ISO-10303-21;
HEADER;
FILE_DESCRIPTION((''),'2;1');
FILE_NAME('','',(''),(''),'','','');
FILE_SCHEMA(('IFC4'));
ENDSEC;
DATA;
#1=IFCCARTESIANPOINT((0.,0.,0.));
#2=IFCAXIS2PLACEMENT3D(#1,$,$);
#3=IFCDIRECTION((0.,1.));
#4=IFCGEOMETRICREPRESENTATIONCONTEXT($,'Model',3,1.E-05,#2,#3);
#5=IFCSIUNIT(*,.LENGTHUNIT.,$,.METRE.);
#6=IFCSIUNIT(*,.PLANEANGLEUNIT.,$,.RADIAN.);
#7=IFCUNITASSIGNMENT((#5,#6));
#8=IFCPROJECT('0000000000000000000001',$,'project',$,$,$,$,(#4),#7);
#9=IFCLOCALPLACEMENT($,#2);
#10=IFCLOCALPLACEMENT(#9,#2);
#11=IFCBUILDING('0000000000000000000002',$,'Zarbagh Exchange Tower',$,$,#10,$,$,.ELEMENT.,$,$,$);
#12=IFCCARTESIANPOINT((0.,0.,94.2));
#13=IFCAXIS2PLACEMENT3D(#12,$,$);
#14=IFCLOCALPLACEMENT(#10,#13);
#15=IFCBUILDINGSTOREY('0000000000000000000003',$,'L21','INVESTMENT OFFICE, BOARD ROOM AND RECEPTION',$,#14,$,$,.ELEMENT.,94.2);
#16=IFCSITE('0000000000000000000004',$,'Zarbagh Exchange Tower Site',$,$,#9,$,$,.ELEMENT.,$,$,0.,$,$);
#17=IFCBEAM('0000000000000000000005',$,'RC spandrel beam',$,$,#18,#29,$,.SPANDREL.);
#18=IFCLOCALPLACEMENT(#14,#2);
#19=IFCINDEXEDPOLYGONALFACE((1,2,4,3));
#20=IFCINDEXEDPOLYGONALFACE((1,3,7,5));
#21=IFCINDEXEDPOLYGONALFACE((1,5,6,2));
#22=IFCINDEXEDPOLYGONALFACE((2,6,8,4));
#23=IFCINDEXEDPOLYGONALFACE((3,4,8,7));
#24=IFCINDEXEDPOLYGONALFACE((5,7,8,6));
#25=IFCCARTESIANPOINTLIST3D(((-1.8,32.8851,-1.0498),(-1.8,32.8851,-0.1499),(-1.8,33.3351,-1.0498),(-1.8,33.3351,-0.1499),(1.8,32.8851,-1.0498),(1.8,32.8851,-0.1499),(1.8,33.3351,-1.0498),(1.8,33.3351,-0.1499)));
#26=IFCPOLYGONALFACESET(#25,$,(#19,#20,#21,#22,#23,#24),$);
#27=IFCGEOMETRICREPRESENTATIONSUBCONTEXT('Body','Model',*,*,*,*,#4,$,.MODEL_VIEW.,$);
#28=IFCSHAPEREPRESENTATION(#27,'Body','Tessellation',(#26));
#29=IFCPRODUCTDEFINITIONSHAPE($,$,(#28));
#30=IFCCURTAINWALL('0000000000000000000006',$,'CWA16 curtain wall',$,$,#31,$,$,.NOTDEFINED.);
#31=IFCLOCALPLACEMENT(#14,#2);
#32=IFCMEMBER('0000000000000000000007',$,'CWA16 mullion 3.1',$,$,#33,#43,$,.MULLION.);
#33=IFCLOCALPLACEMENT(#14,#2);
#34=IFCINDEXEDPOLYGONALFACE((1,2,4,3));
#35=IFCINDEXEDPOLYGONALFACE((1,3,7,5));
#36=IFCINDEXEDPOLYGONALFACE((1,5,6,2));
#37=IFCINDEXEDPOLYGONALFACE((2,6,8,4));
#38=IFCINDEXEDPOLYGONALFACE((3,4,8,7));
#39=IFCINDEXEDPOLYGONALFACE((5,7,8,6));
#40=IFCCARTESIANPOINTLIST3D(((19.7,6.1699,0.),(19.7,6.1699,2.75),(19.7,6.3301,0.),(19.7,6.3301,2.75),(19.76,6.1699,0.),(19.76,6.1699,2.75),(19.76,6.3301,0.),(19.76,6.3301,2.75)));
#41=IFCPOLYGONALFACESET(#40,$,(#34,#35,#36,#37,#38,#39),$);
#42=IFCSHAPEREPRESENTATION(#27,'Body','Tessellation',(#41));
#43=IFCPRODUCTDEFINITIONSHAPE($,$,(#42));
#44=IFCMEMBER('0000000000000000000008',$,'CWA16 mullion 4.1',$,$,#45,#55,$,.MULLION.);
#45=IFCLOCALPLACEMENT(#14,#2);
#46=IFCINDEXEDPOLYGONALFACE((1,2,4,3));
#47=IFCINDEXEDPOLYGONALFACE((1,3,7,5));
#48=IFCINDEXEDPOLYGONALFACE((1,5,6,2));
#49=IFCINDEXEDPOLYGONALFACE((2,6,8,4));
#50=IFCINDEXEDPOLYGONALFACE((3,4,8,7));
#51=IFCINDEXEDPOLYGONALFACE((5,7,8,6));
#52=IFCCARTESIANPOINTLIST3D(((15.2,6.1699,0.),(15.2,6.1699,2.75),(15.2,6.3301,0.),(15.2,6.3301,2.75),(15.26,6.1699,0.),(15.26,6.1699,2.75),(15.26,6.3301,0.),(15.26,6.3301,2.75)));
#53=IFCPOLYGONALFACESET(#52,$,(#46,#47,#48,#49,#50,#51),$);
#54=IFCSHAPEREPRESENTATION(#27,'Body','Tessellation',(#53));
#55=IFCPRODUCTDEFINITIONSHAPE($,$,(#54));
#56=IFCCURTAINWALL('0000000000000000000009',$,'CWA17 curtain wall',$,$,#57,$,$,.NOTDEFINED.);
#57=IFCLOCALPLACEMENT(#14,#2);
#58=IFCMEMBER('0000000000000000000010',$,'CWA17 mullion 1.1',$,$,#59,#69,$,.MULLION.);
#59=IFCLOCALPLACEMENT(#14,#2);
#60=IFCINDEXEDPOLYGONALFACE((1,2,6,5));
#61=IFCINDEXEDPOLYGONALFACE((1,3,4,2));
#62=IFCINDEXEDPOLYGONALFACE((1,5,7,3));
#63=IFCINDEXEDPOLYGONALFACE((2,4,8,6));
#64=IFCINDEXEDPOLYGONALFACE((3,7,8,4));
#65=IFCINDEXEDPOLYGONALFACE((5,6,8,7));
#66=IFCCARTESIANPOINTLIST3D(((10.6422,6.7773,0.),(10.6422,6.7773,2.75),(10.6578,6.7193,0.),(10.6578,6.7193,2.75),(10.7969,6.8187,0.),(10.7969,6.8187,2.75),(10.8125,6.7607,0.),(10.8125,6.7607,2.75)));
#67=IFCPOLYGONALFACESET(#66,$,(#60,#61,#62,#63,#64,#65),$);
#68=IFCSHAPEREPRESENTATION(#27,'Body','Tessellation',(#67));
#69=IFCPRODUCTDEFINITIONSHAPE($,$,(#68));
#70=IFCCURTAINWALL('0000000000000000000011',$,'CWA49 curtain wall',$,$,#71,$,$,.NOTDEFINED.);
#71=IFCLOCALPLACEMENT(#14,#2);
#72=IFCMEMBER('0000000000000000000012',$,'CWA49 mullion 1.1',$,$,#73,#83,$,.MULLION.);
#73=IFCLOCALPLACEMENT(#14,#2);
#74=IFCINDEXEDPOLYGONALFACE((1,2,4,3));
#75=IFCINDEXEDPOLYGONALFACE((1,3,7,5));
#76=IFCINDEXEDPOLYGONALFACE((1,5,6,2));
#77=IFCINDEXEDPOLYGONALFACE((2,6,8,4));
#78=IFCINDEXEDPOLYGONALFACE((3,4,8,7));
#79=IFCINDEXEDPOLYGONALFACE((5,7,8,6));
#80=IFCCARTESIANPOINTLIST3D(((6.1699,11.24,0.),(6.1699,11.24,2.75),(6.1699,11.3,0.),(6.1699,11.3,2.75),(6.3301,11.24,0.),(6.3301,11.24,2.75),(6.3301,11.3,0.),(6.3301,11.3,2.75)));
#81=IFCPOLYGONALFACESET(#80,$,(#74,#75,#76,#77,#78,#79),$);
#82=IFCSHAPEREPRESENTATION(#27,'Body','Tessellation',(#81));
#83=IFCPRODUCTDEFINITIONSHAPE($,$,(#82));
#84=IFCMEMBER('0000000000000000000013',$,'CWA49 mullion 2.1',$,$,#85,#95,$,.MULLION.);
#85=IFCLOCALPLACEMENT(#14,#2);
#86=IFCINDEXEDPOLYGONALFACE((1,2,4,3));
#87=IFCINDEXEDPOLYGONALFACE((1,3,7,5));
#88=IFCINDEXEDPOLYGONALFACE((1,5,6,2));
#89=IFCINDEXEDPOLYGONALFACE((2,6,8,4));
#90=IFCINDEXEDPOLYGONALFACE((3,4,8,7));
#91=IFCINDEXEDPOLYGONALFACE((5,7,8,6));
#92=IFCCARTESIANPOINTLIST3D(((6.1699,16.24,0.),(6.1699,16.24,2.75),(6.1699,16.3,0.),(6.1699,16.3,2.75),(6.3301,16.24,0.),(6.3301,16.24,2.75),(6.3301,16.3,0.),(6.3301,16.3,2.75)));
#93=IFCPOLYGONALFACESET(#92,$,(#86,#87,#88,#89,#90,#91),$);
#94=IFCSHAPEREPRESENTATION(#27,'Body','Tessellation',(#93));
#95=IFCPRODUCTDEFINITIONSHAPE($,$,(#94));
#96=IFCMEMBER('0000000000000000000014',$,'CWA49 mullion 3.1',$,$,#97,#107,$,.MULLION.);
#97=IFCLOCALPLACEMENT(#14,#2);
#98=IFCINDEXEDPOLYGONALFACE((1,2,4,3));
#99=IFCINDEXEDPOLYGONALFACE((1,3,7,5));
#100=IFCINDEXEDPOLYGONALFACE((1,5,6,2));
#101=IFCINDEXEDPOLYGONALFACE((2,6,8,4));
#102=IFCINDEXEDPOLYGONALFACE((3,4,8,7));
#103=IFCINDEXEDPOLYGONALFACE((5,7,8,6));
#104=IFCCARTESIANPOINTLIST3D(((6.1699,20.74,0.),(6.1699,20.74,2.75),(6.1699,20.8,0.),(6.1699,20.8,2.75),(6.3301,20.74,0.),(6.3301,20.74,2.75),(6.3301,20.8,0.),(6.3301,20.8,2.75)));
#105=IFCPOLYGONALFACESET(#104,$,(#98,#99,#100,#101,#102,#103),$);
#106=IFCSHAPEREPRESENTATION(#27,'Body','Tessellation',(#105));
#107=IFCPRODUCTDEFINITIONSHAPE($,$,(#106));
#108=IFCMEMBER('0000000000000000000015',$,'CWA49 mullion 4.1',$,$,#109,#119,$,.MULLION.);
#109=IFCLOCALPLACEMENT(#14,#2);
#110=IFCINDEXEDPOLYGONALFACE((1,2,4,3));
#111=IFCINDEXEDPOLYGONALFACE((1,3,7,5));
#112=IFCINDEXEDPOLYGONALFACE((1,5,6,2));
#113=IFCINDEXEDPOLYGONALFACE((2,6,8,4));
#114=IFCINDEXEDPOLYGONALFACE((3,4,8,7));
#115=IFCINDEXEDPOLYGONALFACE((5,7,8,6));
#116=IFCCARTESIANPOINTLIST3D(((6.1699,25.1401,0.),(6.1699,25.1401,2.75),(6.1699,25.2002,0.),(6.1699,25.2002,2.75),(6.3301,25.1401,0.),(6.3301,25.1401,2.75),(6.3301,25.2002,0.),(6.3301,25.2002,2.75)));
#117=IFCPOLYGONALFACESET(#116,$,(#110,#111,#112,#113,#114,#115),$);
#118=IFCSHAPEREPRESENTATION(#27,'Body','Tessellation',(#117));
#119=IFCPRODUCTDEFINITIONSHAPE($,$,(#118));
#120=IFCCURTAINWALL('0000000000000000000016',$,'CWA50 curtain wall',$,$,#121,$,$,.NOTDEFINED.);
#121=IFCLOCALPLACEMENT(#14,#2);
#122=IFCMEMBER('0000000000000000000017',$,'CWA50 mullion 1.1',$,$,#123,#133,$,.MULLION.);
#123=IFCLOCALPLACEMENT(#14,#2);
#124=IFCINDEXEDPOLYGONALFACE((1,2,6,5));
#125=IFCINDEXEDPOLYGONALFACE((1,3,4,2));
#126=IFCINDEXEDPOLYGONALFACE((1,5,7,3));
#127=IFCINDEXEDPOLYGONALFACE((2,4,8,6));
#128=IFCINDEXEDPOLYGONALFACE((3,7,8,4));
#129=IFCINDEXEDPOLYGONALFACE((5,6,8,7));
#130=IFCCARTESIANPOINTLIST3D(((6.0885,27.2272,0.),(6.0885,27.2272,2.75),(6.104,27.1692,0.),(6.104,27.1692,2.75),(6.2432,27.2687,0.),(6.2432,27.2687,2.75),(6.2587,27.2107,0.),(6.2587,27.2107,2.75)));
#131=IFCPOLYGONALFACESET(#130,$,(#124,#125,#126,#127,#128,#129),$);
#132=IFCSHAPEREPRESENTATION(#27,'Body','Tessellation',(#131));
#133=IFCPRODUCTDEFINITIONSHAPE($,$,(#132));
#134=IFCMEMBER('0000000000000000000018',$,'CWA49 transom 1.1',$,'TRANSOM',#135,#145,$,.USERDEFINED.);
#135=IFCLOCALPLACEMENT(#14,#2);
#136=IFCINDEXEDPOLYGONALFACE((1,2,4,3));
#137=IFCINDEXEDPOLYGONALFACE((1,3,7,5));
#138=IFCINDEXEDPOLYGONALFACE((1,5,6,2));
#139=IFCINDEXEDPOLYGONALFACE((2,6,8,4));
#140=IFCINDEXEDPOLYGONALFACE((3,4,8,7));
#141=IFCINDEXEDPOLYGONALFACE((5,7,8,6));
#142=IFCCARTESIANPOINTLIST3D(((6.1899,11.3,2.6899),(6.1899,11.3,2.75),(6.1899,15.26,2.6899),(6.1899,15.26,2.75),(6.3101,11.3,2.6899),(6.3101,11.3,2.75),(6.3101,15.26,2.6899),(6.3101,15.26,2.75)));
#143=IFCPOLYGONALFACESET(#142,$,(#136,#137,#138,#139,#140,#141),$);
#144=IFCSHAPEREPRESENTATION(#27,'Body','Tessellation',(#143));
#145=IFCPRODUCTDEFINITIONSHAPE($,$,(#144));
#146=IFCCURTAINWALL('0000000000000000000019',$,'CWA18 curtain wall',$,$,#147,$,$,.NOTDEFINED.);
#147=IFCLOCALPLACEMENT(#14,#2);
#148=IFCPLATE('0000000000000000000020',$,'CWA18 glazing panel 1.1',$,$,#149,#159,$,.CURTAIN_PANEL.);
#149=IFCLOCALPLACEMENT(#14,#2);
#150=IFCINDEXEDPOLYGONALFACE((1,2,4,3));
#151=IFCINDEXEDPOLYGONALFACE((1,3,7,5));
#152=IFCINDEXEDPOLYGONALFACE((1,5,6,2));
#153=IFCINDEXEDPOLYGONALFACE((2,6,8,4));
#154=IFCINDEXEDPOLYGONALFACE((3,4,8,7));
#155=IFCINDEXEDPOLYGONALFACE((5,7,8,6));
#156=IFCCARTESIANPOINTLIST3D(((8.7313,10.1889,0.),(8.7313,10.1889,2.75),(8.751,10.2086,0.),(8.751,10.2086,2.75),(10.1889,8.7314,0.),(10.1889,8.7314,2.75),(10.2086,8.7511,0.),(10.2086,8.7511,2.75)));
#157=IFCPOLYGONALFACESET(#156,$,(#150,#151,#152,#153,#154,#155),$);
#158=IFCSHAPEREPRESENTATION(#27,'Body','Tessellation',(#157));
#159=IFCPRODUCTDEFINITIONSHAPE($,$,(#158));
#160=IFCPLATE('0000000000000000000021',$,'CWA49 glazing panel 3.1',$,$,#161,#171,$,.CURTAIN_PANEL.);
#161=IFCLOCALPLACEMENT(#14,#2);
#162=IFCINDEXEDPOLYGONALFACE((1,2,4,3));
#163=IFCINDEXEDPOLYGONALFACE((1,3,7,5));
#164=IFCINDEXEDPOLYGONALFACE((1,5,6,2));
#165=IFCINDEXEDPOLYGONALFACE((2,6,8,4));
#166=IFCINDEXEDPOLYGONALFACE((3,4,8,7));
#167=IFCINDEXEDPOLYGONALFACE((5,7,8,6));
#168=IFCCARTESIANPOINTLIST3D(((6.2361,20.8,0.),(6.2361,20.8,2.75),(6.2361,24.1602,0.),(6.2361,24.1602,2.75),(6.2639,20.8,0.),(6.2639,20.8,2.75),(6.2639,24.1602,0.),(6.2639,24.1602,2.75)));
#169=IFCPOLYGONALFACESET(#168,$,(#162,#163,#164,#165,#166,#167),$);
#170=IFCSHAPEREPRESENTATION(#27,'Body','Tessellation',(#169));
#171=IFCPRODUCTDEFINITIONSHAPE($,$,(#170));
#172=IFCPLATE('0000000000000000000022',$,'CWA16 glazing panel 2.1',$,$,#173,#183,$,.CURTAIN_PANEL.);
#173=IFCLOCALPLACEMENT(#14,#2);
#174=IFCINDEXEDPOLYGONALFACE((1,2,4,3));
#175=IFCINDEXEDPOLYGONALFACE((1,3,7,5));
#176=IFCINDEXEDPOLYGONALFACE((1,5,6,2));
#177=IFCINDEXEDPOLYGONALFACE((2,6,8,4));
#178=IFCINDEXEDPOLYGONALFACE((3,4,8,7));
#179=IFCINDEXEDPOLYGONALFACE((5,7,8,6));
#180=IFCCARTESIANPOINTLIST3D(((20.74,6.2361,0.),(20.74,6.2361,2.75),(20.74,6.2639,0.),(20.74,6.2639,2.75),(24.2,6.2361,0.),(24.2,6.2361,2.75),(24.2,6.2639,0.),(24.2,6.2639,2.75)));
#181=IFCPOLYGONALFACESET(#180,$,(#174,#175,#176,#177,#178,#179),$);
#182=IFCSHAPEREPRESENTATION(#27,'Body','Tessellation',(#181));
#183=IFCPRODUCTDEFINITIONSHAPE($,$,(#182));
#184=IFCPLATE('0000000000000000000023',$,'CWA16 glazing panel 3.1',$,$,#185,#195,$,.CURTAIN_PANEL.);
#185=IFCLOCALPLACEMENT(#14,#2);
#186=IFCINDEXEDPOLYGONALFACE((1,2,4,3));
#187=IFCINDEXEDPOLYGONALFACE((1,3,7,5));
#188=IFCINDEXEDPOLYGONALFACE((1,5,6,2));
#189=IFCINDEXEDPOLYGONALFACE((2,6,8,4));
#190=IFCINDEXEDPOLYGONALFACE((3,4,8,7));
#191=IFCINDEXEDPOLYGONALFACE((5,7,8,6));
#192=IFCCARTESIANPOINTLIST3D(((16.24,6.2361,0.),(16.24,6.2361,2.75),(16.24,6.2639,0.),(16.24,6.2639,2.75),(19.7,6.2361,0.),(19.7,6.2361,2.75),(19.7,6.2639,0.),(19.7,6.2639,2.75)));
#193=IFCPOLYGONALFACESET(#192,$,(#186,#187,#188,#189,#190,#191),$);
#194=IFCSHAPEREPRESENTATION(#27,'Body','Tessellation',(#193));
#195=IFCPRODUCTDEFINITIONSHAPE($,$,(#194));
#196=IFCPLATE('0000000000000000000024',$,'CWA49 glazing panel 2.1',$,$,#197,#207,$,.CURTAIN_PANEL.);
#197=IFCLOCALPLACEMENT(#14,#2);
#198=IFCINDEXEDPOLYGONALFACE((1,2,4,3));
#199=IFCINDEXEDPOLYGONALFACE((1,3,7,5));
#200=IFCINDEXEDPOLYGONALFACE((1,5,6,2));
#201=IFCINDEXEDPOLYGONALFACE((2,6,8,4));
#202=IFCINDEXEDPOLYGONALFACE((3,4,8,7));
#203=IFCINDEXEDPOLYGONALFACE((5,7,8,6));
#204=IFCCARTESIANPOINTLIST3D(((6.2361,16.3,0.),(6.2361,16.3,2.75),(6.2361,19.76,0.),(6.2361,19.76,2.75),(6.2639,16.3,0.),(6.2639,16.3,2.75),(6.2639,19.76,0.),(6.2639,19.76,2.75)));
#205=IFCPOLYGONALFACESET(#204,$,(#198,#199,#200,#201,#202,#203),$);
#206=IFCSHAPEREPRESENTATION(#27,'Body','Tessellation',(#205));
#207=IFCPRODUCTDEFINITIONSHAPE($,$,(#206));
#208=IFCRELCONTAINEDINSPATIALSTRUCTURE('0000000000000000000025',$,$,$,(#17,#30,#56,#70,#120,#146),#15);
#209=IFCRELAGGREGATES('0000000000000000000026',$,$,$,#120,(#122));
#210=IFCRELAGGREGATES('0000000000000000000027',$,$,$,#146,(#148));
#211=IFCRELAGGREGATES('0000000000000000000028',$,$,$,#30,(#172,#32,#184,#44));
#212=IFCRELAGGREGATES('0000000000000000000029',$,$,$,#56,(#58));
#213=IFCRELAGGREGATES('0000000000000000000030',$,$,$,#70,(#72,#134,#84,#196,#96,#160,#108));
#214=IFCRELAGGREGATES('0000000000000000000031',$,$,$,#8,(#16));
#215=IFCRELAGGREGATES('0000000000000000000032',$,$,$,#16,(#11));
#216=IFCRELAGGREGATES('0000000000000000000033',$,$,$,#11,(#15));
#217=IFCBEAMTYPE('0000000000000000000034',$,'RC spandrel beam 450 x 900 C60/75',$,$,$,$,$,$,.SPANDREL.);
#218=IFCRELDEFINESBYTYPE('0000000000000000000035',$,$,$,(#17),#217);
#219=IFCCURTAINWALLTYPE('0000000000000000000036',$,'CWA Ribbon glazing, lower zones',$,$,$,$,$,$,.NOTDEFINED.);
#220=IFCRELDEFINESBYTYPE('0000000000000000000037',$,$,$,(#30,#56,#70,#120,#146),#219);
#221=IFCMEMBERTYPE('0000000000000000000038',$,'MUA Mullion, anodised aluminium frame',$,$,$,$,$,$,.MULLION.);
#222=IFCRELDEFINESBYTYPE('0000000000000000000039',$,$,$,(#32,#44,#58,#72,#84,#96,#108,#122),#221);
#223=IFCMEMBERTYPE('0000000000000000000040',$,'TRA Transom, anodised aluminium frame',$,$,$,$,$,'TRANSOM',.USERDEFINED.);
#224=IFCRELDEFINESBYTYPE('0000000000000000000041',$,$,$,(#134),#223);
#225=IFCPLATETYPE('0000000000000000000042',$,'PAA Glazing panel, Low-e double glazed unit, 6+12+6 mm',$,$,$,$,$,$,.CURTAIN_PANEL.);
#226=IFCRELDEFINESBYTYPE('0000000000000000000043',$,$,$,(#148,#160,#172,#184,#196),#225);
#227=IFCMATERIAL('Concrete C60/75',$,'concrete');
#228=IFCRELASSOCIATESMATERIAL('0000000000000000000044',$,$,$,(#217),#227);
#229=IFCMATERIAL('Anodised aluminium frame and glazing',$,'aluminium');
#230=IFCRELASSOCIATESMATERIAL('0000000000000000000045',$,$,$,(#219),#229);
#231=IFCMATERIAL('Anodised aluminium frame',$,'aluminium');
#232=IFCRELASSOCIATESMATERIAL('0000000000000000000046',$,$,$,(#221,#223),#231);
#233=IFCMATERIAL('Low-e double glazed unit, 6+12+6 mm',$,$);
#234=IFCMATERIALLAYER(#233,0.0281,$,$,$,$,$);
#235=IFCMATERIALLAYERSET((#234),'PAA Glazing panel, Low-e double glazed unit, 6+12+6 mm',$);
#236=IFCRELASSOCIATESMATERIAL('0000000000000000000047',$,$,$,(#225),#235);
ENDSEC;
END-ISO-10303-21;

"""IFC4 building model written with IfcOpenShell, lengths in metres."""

from ifc_helpers import new_model, si_unit, direction, frame, origin, origin_2d, place, context, subcontext, project, spatial, polyline, rectangle, outline, extrude, source, transform, mapped, material, layer, layer_set, material_profile, profile_set, type_object, element, aggregate, save


model = new_model("IFC4")

# Units and contexts
model_context = context("Model", 3, precision=1e-05, world=origin(), true_north=direction((0.0, 1.0)))
body_context = subcontext(model_context, "Body", "Model", "MODEL_VIEW")
ifc_project = project(units=[si_unit("LENGTHUNIT", "METRE"), si_unit("PLANEANGLEUNIT", "RADIAN")], contexts=[model_context])

# Site, building, storey
site_placement = place(None, origin())
site = spatial("IfcSite", under=ifc_project, at=site_placement, Name="Zarbagh Exchange Tower Site", CompositionType="ELEMENT", RefElevation=0.0)
building_placement = place(site_placement, origin())
building = spatial("IfcBuilding", under=site, at=building_placement, Name="Zarbagh Exchange Tower", CompositionType="ELEMENT")
storey_placement = place(building_placement, frame((0.0, 0.0, 94.2)))
storey = spatial("IfcBuildingStorey", under=building, at=storey_placement, Name="L21", Description="INVESTMENT OFFICE, BOARD ROOM AND RECEPTION", CompositionType="ELEMENT", Elevation=94.2)

# Beam
ifc_material_1 = material(Name="Concrete C60/75", Category="concrete")
ifc_material_profile = material_profile(ifc_material_1, rectangle(XDim=0.45, YDim=0.8999, at=origin_2d()), Name="RC spandrel beam 450 x 900 C60/75")
ifc_profile_set = profile_set([ifc_material_profile], Name="Concrete C60/75")
beam_type = type_object("IfcBeamType", Name="RC spandrel beam 450 x 900 C60/75", PredefinedType="SPANDREL", material=ifc_profile_set)
beam_placement = place(storey_placement, frame((-1.8, 33.1101, -0.5999), z_axis=(1.0, 0.0, 0.0), x_axis=(0.0, 1.0, 0.0)))
element("IfcBeam", 1, at=beam_placement, inside=storey, type_object=beam_type, Name="RC spandrel beam", PredefinedType="SPANDREL", context=body_context, shape_type="SweptSolid", body=[
    extrude(rectangle(XDim=0.45, YDim=0.8999, at=origin_2d()), origin(), (0.0, 0.0, 1.0), 3.6001),
])

# Curtain wall, members
ifc_material_2 = material(Name="Anodised aluminium frame and glazing", Category="aluminium")
curtain_wall_type = type_object("IfcCurtainWallType", Name="CWA Ribbon glazing, lower zones", PredefinedType="NOTDEFINED", material=ifc_material_2)
curtain_wall_1_placement = place(storey_placement, origin())
curtain_wall_1 = element("IfcCurtainWall", 2, at=curtain_wall_1_placement, inside=storey, type_object=curtain_wall_type, Name="CWA16 curtain wall", PredefinedType="NOTDEFINED")
ifc_material_3 = material(Name="Anodised aluminium frame", Category="aluminium")
member_type_1 = type_object("IfcMemberType", Name="MUA Mullion, anodised aluminium frame", PredefinedType="MULLION", material=ifc_material_3)
shared_shape_1 = source(origin(), body_context, "Body", "SweptSolid", [
    extrude(outline(polyline([(0.0, -0.0801), (0.0601, -0.0801), (0.0601, 0.0801), (0.0, 0.0801), (0.0, -0.0801)])), origin(), (0.0, 0.0, 1.0), 2.75),
])
placement = place(storey_placement, origin())
member_1 = element("IfcMember", 3, at=placement, type_object=member_type_1, Name="CWA16 mullion 3.1", PredefinedType="MULLION", context=body_context, shape_type="MappedRepresentation", body=[
    mapped(shared_shape_1, transform((19.76, 6.25, 0.0), x_axis=(-1.0, 0.0, 0.0), y_axis=(0.0, -1.0, 0.0), z_axis=(0.0, 0.0, 1.0))),
])
member_2 = element("IfcMember", 4, at=placement, type_object=member_type_1, Name="CWA16 mullion 4.1", PredefinedType="MULLION", context=body_context, shape_type="MappedRepresentation", body=[
    mapped(shared_shape_1, transform((15.26, 6.25, 0.0), x_axis=(-1.0, 0.0, 0.0), y_axis=(0.0, -1.0, 0.0), z_axis=(0.0, 0.0, 1.0))),
])

# Curtain wall, member
curtain_wall_2_placement = place(storey_placement, origin())
curtain_wall_2 = element("IfcCurtainWall", 5, at=curtain_wall_2_placement, inside=storey, type_object=curtain_wall_type, Name="CWA17 curtain wall", PredefinedType="NOTDEFINED")
member_3 = element("IfcMember", 6, at=placement, type_object=member_type_1, Name="CWA17 mullion 1.1", PredefinedType="MULLION", context=body_context, shape_type="MappedRepresentation", body=[
    mapped(shared_shape_1, transform((10.7351, 6.74, 0.0), x_axis=(-0.258825, 0.965924, 0.0), y_axis=(-0.965924, -0.258825, 0.0), z_axis=(0.0, 0.0, 1.0))),
])

# Curtain wall, members
curtain_wall_3_placement = place(storey_placement, origin())
curtain_wall_3 = element("IfcCurtainWall", 7, at=curtain_wall_3_placement, inside=storey, type_object=curtain_wall_type, Name="CWA49 curtain wall", PredefinedType="NOTDEFINED")
member_4 = element("IfcMember", 8, at=placement, type_object=member_type_1, Name="CWA49 mullion 1.1", PredefinedType="MULLION", context=body_context, shape_type="MappedRepresentation", body=[
    mapped(shared_shape_1, transform((6.25, 11.24, 0.0), x_axis=(0.0, 1.0, 0.0), y_axis=(-1.0, 0.0, 0.0), z_axis=(0.0, 0.0, 1.0))),
])
member_5 = element("IfcMember", 9, at=placement, type_object=member_type_1, Name="CWA49 mullion 2.1", PredefinedType="MULLION", context=body_context, shape_type="MappedRepresentation", body=[
    mapped(shared_shape_1, transform((6.25, 16.24, 0.0), x_axis=(0.0, 1.0, 0.0), y_axis=(-1.0, 0.0, 0.0), z_axis=(0.0, 0.0, 1.0))),
])
member_6 = element("IfcMember", 10, at=placement, type_object=member_type_1, Name="CWA49 mullion 3.1", PredefinedType="MULLION", context=body_context, shape_type="MappedRepresentation", body=[
    mapped(shared_shape_1, transform((6.25, 20.74, 0.0), x_axis=(0.0, 1.0, 0.0), y_axis=(-1.0, 0.0, 0.0), z_axis=(0.0, 0.0, 1.0))),
])
member_7 = element("IfcMember", 11, at=placement, type_object=member_type_1, Name="CWA49 mullion 4.1", PredefinedType="MULLION", context=body_context, shape_type="MappedRepresentation", body=[
    mapped(shared_shape_1, transform((6.25, 25.1401, 0.0), x_axis=(0.0, 1.0, 0.0), y_axis=(-1.0, 0.0, 0.0), z_axis=(0.0, 0.0, 1.0))),
])

# Curtain wall, member
curtain_wall_4_placement = place(storey_placement, origin())
curtain_wall_4 = element("IfcCurtainWall", 12, at=curtain_wall_4_placement, inside=storey, type_object=curtain_wall_type, Name="CWA50 curtain wall", PredefinedType="NOTDEFINED")
member_8 = element("IfcMember", 13, at=placement, type_object=member_type_1, Name="CWA50 mullion 1.1", PredefinedType="MULLION", context=body_context, shape_type="MappedRepresentation", body=[
    mapped(shared_shape_1, transform((6.1814, 27.1899, 0.0), x_axis=(-0.258825, 0.965924, 0.0), y_axis=(-0.965924, -0.258825, 0.0), z_axis=(0.0, 0.0, 1.0))),
])
aggregate(curtain_wall_4, [member_8])

# Member
member_type_2 = type_object("IfcMemberType", Name="TRA Transom, anodised aluminium frame", ElementType="TRANSOM", PredefinedType="USERDEFINED", material=ifc_material_3)
shared_shape_2 = source(origin(), body_context, "Body", "SweptSolid", [
    extrude(outline(polyline([(-0.0601, -0.0601), (0.0, -0.0601), (0.0, 0.0601), (-0.0601, 0.0601), (-0.0601, -0.0601)])), origin(), (0.0, 0.0, 1.0), 3.96),
])
member_9 = element("IfcMember", 14, at=placement, type_object=member_type_2, Name="CWA49 transom 1.1", ObjectType="TRANSOM", PredefinedType="USERDEFINED", context=body_context, shape_type="MappedRepresentation", body=[
    mapped(shared_shape_2, transform((6.25, 11.3, 2.75), x_axis=(0.0, 0.0, 1.0), y_axis=(1.0, 0.0, 0.0), z_axis=(0.0, 1.0, 0.0))),
])

# Curtain wall, plate
curtain_wall_5_placement = place(storey_placement, origin())
curtain_wall_5 = element("IfcCurtainWall", 15, at=curtain_wall_5_placement, inside=storey, type_object=curtain_wall_type, Name="CWA18 curtain wall", PredefinedType="NOTDEFINED")
ifc_material_4 = material(Name="Low-e double glazed unit, 6+12+6 mm")
ifc_layer_1 = layer(ifc_material_4, 0.0281)
ifc_layer_set_1 = layer_set([ifc_layer_1], Name="PAA Glazing panel, Low-e double glazed unit, 6+12+6 mm")
plate_type = type_object("IfcPlateType", Name="PAA Glazing panel, Low-e double glazed unit, 6+12+6 mm", PredefinedType="CURTAIN_PANEL", material=ifc_layer_set_1)
shared_shape_3 = source(origin(), body_context, "Body", "SweptSolid", [
    extrude(outline(polyline([(0.0, -0.0139), (2.0613, -0.0139), (2.0613, 0.0139), (0.0, 0.0139), (0.0, -0.0139)])), origin(), (0.0, 0.0, 1.0), 2.75),
])
plate_1 = element("IfcPlate", 16, at=placement, type_object=plate_type, Name="CWA18 glazing panel 1.1", PredefinedType="CURTAIN_PANEL", context=body_context, shape_type="MappedRepresentation", body=[
    mapped(shared_shape_3, transform((10.1987, 8.7412, 0.0), x_axis=(-0.707107, 0.707107, 0.0), y_axis=(-0.707107, -0.707107, 0.0), z_axis=(0.0, 0.0, 1.0))),
])
aggregate(curtain_wall_5, [plate_1])

# Plates
shared_shape_4 = source(origin(), body_context, "Body", "SweptSolid", [
    extrude(outline(polyline([(0.0, -0.0139), (3.3601, -0.0139), (3.3601, 0.0139), (0.0, 0.0139), (0.0, -0.0139)])), origin(), (0.0, 0.0, 1.0), 2.75),
])
plate_2 = element("IfcPlate", 17, at=placement, type_object=plate_type, Name="CWA49 glazing panel 3.1", PredefinedType="CURTAIN_PANEL", context=body_context, shape_type="MappedRepresentation", body=[
    mapped(shared_shape_4, transform((6.25, 20.8, 0.0), x_axis=(0.0, 1.0, 0.0), y_axis=(-1.0, 0.0, 0.0), z_axis=(0.0, 0.0, 1.0))),
])
shared_shape_5 = source(origin(), body_context, "Body", "SweptSolid", [
    extrude(outline(polyline([(0.0, -0.0139), (3.46, -0.0139), (3.46, 0.0139), (0.0, 0.0139), (0.0, -0.0139)])), origin(), (0.0, 0.0, 1.0), 2.75),
])
plate_3 = element("IfcPlate", 18, at=placement, type_object=plate_type, Name="CWA16 glazing panel 2.1", PredefinedType="CURTAIN_PANEL", context=body_context, shape_type="MappedRepresentation", body=[
    mapped(shared_shape_5, transform((24.2, 6.25, 0.0), x_axis=(-1.0, 0.0, 0.0), y_axis=(0.0, -1.0, 0.0), z_axis=(0.0, 0.0, 1.0))),
])
plate_4 = element("IfcPlate", 19, at=placement, type_object=plate_type, Name="CWA16 glazing panel 3.1", PredefinedType="CURTAIN_PANEL", context=body_context, shape_type="MappedRepresentation", body=[
    mapped(shared_shape_5, transform((19.7, 6.25, 0.0), x_axis=(-1.0, 0.0, 0.0), y_axis=(0.0, -1.0, 0.0), z_axis=(0.0, 0.0, 1.0))),
])
plate_5 = element("IfcPlate", 20, at=placement, type_object=plate_type, Name="CWA49 glazing panel 2.1", PredefinedType="CURTAIN_PANEL", context=body_context, shape_type="MappedRepresentation", body=[
    mapped(shared_shape_5, transform((6.25, 16.3, 0.0), x_axis=(0.0, 1.0, 0.0), y_axis=(-1.0, 0.0, 0.0), z_axis=(0.0, 0.0, 1.0))),
])
aggregate(curtain_wall_1, [plate_3, member_1, plate_4, member_2])
aggregate(curtain_wall_2, [member_3])

aggregate(curtain_wall_3, [member_4, member_9, member_5, plate_5, member_6, plate_2, member_7])

save(model, "model.ifc")
